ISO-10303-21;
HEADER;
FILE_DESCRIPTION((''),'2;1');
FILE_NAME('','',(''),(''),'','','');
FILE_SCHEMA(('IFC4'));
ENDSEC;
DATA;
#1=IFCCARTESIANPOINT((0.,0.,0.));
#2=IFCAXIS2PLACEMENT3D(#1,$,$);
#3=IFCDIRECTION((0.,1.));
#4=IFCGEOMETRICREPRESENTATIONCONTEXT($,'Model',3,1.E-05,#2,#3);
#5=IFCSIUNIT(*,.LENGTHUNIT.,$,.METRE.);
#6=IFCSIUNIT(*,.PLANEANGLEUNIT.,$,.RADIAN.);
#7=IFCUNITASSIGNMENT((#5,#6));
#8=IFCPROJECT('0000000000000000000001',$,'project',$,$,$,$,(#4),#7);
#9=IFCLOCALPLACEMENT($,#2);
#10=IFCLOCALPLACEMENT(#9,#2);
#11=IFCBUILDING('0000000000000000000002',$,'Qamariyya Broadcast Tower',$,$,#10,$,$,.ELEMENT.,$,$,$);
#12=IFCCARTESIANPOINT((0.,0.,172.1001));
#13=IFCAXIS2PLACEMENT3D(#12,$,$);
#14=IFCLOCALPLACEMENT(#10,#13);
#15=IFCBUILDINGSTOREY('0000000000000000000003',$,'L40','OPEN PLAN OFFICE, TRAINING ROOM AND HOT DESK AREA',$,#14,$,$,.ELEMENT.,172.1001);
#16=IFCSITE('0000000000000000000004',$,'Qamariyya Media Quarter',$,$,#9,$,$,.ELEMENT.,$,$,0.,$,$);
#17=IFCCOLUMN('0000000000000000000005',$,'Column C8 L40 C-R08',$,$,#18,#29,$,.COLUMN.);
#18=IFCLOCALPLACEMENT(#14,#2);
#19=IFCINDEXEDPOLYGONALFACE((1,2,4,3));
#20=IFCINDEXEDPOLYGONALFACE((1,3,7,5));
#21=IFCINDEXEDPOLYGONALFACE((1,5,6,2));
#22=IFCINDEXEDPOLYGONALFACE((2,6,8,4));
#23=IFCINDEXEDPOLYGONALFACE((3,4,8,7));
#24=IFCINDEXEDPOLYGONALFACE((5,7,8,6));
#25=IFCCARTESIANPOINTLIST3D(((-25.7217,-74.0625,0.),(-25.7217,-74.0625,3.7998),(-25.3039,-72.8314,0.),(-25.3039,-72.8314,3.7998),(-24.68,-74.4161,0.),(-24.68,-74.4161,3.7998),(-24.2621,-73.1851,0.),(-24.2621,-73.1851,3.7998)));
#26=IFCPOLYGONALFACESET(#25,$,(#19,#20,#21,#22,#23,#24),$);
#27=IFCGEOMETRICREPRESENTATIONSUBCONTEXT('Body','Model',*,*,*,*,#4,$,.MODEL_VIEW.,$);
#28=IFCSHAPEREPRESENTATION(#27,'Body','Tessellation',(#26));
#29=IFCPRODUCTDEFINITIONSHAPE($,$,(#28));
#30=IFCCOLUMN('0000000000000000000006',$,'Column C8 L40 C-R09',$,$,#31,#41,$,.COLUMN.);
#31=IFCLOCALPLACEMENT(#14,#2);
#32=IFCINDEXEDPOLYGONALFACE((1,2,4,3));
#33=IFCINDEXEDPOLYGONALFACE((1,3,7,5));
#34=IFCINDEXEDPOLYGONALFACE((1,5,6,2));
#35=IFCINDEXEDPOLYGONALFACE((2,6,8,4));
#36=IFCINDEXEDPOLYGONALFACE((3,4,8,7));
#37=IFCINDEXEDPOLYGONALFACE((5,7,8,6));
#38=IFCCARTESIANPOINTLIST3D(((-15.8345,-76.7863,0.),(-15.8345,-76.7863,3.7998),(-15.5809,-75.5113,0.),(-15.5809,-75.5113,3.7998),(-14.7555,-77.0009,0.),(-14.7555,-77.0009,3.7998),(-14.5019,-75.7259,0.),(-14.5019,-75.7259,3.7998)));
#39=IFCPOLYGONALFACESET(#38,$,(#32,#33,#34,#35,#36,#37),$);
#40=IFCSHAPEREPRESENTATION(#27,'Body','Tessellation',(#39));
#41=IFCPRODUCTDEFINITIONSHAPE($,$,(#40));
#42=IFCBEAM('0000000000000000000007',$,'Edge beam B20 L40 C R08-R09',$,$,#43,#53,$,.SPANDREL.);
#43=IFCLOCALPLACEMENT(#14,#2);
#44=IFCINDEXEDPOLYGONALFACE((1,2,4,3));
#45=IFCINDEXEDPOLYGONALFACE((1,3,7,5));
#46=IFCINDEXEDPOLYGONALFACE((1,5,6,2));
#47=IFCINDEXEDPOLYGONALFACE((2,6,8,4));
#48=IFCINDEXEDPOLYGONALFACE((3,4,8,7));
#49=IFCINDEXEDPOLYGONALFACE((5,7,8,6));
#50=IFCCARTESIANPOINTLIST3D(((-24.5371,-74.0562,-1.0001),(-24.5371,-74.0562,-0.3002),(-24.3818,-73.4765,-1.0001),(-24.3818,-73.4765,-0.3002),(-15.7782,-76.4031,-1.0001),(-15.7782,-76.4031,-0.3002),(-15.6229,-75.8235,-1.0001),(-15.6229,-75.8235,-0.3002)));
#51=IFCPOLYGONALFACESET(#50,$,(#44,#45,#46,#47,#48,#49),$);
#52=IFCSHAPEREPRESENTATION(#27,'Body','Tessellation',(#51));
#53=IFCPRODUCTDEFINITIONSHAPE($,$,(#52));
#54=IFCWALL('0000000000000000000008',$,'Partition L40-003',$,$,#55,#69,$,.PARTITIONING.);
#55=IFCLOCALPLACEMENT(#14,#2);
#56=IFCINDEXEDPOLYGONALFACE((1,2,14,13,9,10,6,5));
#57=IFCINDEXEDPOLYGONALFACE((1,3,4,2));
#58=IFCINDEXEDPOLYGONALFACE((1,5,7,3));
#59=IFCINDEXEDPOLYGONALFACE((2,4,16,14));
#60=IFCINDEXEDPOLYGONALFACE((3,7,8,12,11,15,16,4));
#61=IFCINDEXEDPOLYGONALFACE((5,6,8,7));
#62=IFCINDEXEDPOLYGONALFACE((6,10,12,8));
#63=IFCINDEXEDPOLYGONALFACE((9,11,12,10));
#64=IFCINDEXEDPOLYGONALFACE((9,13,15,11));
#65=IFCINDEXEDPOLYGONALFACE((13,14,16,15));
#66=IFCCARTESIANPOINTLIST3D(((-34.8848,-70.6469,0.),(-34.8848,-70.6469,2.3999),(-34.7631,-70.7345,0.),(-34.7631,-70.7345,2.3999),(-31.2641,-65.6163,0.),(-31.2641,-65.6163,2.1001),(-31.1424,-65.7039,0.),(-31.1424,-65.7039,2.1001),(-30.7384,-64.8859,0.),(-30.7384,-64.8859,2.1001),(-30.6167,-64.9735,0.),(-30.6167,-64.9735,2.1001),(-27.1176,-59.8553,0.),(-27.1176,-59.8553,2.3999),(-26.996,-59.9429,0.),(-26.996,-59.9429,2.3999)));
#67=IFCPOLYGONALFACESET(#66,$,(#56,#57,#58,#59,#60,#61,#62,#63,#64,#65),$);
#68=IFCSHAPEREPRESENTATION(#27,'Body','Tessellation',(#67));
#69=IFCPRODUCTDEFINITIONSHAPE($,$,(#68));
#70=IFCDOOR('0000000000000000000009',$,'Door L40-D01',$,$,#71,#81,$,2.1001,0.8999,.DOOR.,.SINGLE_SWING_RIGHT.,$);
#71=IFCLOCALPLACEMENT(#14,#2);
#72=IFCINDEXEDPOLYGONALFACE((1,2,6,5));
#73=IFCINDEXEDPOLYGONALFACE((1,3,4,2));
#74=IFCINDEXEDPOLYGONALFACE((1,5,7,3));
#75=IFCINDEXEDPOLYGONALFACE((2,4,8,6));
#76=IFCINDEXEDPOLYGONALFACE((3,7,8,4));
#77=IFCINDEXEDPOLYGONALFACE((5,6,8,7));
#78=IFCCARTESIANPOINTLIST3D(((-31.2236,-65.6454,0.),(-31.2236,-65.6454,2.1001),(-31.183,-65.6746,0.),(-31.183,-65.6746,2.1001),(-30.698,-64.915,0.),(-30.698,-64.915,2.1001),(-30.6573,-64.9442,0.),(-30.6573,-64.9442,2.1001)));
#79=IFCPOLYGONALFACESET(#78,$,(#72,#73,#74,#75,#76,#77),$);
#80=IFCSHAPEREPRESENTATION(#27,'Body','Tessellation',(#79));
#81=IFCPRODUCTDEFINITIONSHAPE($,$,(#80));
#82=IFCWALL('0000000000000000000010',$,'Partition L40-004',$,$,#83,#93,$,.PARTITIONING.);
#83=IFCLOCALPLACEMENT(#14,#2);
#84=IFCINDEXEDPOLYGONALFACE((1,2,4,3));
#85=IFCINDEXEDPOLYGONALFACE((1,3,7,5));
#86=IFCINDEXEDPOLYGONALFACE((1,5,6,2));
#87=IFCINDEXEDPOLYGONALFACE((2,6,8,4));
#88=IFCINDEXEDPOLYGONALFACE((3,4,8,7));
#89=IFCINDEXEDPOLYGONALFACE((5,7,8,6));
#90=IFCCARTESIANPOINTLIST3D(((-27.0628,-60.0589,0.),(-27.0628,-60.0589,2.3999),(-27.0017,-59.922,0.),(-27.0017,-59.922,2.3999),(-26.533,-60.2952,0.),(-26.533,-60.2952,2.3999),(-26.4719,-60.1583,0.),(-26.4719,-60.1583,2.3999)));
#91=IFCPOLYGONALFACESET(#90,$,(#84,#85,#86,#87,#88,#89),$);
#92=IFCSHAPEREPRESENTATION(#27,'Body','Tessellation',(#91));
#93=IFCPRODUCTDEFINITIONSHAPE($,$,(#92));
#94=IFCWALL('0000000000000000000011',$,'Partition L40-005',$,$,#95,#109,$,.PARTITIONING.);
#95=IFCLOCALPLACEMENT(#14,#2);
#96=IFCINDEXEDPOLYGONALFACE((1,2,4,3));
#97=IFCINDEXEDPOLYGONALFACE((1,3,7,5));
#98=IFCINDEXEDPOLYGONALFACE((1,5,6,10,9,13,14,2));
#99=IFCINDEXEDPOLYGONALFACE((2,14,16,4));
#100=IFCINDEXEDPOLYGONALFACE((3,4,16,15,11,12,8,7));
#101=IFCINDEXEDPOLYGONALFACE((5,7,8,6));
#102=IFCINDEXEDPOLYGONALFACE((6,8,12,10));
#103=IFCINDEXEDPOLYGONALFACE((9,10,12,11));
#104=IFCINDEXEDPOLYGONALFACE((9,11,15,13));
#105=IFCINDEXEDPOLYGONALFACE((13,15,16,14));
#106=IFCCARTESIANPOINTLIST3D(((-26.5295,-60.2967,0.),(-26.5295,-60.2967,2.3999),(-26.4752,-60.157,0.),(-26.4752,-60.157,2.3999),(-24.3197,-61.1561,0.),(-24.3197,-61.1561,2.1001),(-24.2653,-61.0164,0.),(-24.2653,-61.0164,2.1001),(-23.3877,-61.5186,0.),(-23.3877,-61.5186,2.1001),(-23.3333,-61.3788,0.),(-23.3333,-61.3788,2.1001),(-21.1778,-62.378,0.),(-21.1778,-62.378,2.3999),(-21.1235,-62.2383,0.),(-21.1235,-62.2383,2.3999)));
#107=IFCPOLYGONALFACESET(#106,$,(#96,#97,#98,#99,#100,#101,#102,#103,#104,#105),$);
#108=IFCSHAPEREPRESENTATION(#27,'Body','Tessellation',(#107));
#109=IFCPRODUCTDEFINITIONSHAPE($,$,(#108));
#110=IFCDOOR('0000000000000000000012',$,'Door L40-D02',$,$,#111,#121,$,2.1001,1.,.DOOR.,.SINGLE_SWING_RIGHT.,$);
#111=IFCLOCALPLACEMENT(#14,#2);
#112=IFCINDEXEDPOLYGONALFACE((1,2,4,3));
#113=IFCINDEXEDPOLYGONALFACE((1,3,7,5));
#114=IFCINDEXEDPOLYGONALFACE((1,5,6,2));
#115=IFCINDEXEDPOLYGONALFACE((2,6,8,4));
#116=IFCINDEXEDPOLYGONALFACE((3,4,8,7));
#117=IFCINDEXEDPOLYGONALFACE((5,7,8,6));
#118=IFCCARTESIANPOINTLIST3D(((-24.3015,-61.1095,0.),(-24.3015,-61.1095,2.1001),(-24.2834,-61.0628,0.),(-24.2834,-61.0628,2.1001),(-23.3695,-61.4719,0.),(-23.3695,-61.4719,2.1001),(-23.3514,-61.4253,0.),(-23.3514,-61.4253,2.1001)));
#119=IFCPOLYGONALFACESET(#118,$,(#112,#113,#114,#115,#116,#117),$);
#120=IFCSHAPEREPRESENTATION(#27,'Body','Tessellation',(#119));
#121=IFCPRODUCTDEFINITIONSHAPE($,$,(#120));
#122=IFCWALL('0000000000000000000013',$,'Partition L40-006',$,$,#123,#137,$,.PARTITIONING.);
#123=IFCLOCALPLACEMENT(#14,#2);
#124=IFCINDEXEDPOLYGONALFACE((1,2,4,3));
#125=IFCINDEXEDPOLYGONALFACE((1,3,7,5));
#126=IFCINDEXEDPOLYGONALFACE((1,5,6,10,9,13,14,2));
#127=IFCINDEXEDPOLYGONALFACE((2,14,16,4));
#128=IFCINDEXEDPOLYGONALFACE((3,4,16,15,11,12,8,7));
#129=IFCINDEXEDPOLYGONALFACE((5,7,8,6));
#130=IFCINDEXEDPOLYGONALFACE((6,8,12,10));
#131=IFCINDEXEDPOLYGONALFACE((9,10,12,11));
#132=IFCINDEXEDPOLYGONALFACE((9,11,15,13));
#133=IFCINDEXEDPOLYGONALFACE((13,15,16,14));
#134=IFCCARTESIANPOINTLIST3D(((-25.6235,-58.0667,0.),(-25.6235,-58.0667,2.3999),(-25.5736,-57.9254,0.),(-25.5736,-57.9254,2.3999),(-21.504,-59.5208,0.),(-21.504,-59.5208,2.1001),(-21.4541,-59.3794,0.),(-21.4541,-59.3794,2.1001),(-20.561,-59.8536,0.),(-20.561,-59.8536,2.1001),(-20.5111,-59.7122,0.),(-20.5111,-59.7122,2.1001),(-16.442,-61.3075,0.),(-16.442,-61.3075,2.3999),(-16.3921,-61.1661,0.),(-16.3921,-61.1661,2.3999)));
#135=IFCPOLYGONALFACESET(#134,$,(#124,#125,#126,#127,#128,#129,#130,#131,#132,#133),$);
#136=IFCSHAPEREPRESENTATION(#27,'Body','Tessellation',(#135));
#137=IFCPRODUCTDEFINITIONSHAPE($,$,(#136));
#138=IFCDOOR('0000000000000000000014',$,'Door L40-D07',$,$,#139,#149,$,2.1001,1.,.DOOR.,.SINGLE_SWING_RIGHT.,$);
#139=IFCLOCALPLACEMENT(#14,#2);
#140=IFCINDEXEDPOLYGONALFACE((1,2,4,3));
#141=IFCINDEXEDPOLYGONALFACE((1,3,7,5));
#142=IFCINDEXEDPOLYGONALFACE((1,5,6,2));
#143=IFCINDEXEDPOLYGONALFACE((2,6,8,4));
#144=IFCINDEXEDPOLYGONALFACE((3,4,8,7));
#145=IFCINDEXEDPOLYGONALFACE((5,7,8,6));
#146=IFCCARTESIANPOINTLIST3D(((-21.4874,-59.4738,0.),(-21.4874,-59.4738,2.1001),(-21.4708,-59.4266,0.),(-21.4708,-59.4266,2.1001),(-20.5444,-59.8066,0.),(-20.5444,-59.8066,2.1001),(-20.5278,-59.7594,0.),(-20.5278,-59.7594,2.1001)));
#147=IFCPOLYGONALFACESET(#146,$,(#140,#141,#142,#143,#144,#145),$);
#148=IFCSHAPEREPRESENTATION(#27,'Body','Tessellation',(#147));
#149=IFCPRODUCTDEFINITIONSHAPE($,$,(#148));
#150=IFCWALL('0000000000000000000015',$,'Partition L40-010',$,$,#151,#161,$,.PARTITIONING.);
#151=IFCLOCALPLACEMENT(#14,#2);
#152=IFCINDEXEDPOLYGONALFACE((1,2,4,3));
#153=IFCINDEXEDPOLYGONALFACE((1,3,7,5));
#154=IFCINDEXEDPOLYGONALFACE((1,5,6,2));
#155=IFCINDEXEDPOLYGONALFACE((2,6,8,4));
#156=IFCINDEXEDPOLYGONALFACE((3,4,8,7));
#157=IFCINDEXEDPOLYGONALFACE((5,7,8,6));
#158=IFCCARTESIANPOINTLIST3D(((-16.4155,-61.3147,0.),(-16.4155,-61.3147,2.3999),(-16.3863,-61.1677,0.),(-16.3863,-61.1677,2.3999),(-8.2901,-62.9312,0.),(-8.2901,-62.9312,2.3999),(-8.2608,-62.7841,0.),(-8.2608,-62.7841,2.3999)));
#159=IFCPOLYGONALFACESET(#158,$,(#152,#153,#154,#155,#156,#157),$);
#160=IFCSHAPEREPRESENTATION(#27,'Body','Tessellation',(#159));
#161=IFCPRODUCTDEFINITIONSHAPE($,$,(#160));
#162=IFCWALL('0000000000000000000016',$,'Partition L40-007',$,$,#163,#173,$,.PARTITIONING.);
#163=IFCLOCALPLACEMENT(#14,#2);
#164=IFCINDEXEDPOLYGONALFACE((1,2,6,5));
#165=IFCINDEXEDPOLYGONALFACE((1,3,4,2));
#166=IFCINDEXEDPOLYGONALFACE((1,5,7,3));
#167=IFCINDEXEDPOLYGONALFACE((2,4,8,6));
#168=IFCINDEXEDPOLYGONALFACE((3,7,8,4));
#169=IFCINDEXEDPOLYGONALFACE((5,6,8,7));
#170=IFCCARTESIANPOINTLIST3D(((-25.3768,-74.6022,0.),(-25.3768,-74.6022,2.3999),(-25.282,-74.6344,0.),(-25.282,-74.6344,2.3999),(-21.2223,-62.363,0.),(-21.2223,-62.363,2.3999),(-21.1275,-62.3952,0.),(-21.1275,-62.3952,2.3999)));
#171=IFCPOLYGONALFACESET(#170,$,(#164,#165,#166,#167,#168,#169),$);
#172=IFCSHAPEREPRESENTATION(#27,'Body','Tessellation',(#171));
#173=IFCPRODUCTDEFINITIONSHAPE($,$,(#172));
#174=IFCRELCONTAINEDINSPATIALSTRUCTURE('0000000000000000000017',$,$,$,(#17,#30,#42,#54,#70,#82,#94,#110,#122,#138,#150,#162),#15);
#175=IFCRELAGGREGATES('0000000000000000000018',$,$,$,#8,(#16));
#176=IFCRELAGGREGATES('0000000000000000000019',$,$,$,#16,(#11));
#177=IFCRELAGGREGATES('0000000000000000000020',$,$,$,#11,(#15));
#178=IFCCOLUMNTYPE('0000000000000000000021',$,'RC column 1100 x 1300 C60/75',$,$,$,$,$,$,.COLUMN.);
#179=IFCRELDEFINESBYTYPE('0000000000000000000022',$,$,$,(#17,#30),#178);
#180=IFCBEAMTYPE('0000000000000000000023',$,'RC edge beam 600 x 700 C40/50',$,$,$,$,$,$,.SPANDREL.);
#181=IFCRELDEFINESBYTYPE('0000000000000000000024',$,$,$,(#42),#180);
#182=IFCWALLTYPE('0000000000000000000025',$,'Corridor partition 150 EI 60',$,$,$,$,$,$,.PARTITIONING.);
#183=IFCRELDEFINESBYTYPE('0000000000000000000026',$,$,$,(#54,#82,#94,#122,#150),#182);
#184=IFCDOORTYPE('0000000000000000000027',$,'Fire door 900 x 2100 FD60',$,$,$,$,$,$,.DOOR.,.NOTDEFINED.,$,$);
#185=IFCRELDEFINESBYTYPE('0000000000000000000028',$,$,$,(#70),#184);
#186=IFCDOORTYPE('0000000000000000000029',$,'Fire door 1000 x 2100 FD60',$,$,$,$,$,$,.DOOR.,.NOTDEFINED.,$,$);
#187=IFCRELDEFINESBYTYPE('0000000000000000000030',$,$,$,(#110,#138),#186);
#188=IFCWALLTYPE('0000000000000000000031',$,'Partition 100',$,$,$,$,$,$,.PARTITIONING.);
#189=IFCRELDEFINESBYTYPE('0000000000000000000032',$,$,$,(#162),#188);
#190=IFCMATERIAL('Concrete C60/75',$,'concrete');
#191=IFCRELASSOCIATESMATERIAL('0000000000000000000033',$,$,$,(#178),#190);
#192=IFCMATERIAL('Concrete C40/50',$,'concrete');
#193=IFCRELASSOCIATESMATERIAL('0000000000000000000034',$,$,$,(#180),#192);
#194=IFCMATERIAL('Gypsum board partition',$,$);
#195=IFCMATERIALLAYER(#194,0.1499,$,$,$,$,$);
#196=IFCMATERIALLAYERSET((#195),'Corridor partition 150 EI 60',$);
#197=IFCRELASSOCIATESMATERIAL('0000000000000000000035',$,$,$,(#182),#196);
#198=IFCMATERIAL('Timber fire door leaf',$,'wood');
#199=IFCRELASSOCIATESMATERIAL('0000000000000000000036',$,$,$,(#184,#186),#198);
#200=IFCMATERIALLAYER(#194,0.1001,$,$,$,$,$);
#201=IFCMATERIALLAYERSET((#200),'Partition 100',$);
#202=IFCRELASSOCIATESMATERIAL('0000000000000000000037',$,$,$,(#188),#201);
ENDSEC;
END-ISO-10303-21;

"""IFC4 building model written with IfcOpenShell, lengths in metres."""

from ifc_helpers import new_model, si_unit, direction, frame, frame_2d, origin, origin_2d, place, context, subcontext, project, spatial, rectangle, extrude, material, layer, layer_set, material_profile, profile_set, type_object, element, fill, save


model = new_model("IFC4")

# Units and contexts
model_context = context("Model", 3, precision=1e-05, world=origin(), true_north=direction((0.0, 1.0)))
body_context = subcontext(model_context, "Body", "Model", "MODEL_VIEW")
ifc_project = project(units=[si_unit("LENGTHUNIT", "METRE"), si_unit("PLANEANGLEUNIT", "RADIAN")], contexts=[model_context])

# Site, building, storey
site_placement = place(None, origin())
site = spatial("IfcSite", under=ifc_project, at=site_placement, Name="Qamariyya Media Quarter", CompositionType="ELEMENT", RefElevation=0.0)
building_placement = place(site_placement, origin())
building = spatial("IfcBuilding", under=site, at=building_placement, Name="Qamariyya Broadcast Tower", CompositionType="ELEMENT")
storey_placement = place(building_placement, frame((0.0, 0.0, 172.1001)))
storey = spatial("IfcBuildingStorey", under=building, at=storey_placement, Name="L40", Description="OPEN PLAN OFFICE, TRAINING ROOM AND HOT DESK AREA", CompositionType="ELEMENT", Elevation=172.1001)

# Columns
ifc_material_1 = material(Name="Concrete C60/75", Category="concrete")
ifc_material_profile_1 = material_profile(ifc_material_1, rectangle(XDim=1.1001, YDim=1.3, at=origin_2d()))
ifc_profile_set_1 = profile_set([ifc_material_profile_1], Name="Concrete C60/75")
column_type = type_object("IfcColumnType", Name="RC column 1100 x 1300 C60/75", PredefinedType="COLUMN", material=ifc_profile_set_1)
for number, where, z_axis, x_axis, name in (
    (1, (-24.9919, -73.6238, 0.0), (0.0, 0.0, 1.0), (0.94693, -0.321439, 0.0), "Column C8 L40 C-R08"),
    (2, (-15.1682, -76.2561, 0.0), (0.0, 0.0, 1.0), (0.980785, -0.19509, 0.0), "Column C8 L40 C-R09"),
):
    element("IfcColumn", number, at=place(storey_placement, frame(where, z_axis=z_axis, x_axis=x_axis)), inside=storey, type_object=column_type, Name=name, PredefinedType="COLUMN", context=body_context, shape_type="SweptSolid", body=[
        extrude(rectangle(XDim=1.1001, YDim=1.3, at=origin_2d()), origin(), (0.0, 0.0, 1.0), 3.7998),
    ])

# Beam
ifc_material_2 = material(Name="Concrete C40/50", Category="concrete")
ifc_material_profile_2 = material_profile(ifc_material_2, rectangle(XDim=0.6001, YDim=0.7, at=origin_2d()))
ifc_profile_set_2 = profile_set([ifc_material_profile_2], Name="Concrete C40/50")
beam_type = type_object("IfcBeamType", Name="RC edge beam 600 x 700 C40/50", PredefinedType="SPANDREL", material=ifc_profile_set_2)
beam_placement = place(storey_placement, frame((-24.4595, -73.7664, -0.6501), z_axis=(0.965925, -0.25882, 0.0), x_axis=(0.25882, 0.965925, 0.0)))
element("IfcBeam", 3, at=beam_placement, inside=storey, type_object=beam_type, Name="Edge beam B20 L40 C R08-R09", PredefinedType="SPANDREL", context=body_context, shape_type="SweptSolid", body=[
    extrude(rectangle(XDim=0.6001, YDim=0.7, at=origin_2d()), origin(), (0.0, 0.0, 1.0), 9.0679),
])

# Wall, opening, door
ifc_material_3 = material(Name="Gypsum board partition")
ifc_layer_1 = layer(ifc_material_3, 0.1499)
ifc_layer_set_1 = layer_set([ifc_layer_1], Name="Corridor partition 150 EI 60")
wall_type_1 = type_object("IfcWallType", Name="Corridor partition 150 EI 60", PredefinedType="PARTITIONING", material=ifc_layer_set_1)
wall_1_placement = place(storey_placement, frame((-27.0569, -59.8992, 0.0), z_axis=(0.0, 0.0, 1.0), x_axis=(-0.584166, -0.811634, 0.0)))
wall_1 = element("IfcWall", 4, at=wall_1_placement, inside=storey, type_object=wall_type_1, Name="Partition L40-003", PredefinedType="PARTITIONING", context=body_context, shape_type="SweptSolid", body=[
    extrude(rectangle(XDim=13.2961, YDim=0.1499, at=frame_2d((6.6479, 0.0))), origin(), (0.0, 0.0, 1.0), 2.3999),
])
opening_1_placement = place(wall_1_placement, frame((6.198, 0.0, 0.0)))
opening_1 = element("IfcOpeningElement", 5, at=opening_1_placement, cuts=wall_1, PredefinedType="OPENING", context=body_context, shape_type="SweptSolid", body=[
    extrude(rectangle(XDim=0.8999, YDim=2.1001, at=frame_2d((0.45, 1.05))), frame((0.0, 0.085, 0.0), z_axis=(0.0, -1.0, 0.0), x_axis=(1.0, 0.0, 0.0)), (0.0, 0.0, 1.0), 0.1699),
])
ifc_material_4 = material(Name="Timber fire door leaf", Category="wood")
door_type_1 = type_object("IfcDoorType", Name="Fire door 900 x 2100 FD60", OperationType="NOTDEFINED", PredefinedType="DOOR", material=ifc_material_4)
door_1_placement = place(opening_1_placement, origin())
door_1 = element("IfcDoor", 6, at=door_1_placement, inside=storey, type_object=door_type_1, Name="Door L40-D01", OperationType="SINGLE_SWING_RIGHT", OverallHeight=2.1001, OverallWidth=0.8999, PredefinedType="DOOR", context=body_context, shape_type="SweptSolid", body=[
    extrude(rectangle(XDim=0.8999, YDim=2.1001, at=frame_2d((0.45, 1.05))), frame((0.0, 0.0249, 0.0), z_axis=(0.0, -1.0, 0.0), x_axis=(1.0, 0.0, 0.0)), (0.0, 0.0, 1.0), 0.05),
])
fill(opening_1, door_1)

# Wall
wall_2_placement = place(storey_placement, frame((-27.0322, -59.9905, 0.0), z_axis=(0.0, 0.0, 1.0), x_axis=(0.913255, -0.407388, 0.0)))
element("IfcWall", 7, at=wall_2_placement, inside=storey, type_object=wall_type_1, Name="Partition L40-004", PredefinedType="PARTITIONING", context=body_context, shape_type="SweptSolid", body=[
    extrude(rectangle(XDim=0.5801, YDim=0.1499, at=frame_2d((0.29, 0.0))), origin(), (0.0, 0.0, 1.0), 2.3999),
])

# Walls, openings, doors
wall_3_placement = place(storey_placement, frame((-21.1506, -62.3081, 0.0), z_axis=(0.0, 0.0, 1.0), x_axis=(-0.932002, 0.362452, 0.0)))
wall_3 = element("IfcWall", 8, at=wall_3_placement, inside=storey, type_object=wall_type_1, Name="Partition L40-005", PredefinedType="PARTITIONING", context=body_context, shape_type="SweptSolid", body=[
    extrude(rectangle(XDim=5.7422, YDim=0.1499, at=frame_2d((2.8711, 0.0))), origin(), (0.0, 0.0, 1.0), 2.3999),
])
opening_2_placement = place(wall_3_placement, frame((2.3711, 0.0, 0.0)))
opening_2 = element("IfcOpeningElement", 9, at=opening_2_placement, cuts=wall_3, PredefinedType="OPENING", context=body_context, shape_type="SweptSolid", body=[
    extrude(rectangle(XDim=1.0, YDim=2.1001, at=frame_2d((0.5, 1.05))), frame((0.0, 0.085, 0.0), z_axis=(0.0, -1.0, 0.0), x_axis=(1.0, 0.0, 0.0)), (0.0, 0.0, 1.0), 0.1699),
])
door_type_2 = type_object("IfcDoorType", Name="Fire door 1000 x 2100 FD60", OperationType="NOTDEFINED", PredefinedType="DOOR", material=ifc_material_4)
door_2_placement = place(opening_2_placement, origin())
door_2 = element("IfcDoor", 10, at=door_2_placement, inside=storey, type_object=door_type_2, Name="Door L40-D02", OperationType="SINGLE_SWING_RIGHT", OverallHeight=2.1001, OverallWidth=1.0, PredefinedType="DOOR", context=body_context, shape_type="SweptSolid", body=[
    extrude(rectangle(XDim=1.0, YDim=2.1001, at=frame_2d((0.5, 1.05))), frame((0.0, 0.0249, 0.0), z_axis=(0.0, -1.0, 0.0), x_axis=(1.0, 0.0, 0.0)), (0.0, 0.0, 1.0), 0.05),
])
fill(opening_2, door_2)
wall_4_placement = place(storey_placement, frame((-25.5984, -57.9961, 0.0), z_axis=(0.0, 0.0, 1.0), x_axis=(0.942983, -0.332841, 0.0)))
wall_4 = element("IfcWall", 11, at=wall_4_placement, inside=storey, type_object=wall_type_1, Name="Partition L40-006", PredefinedType="PARTITIONING", context=body_context, shape_type="SweptSolid", body=[
    extrude(rectangle(XDim=9.7366, YDim=0.1499, at=frame_2d((4.8682, 0.0))), origin(), (0.0, 0.0, 1.0), 2.3999),
])
opening_3_placement = place(wall_4_placement, frame((4.3684, 0.0, 0.0)))
opening_3 = element("IfcOpeningElement", 12, at=opening_3_placement, cuts=wall_4, PredefinedType="OPENING", context=body_context, shape_type="SweptSolid", body=[
    extrude(rectangle(XDim=1.0, YDim=2.1001, at=frame_2d((0.5, 1.05))), frame((0.0, 0.085, 0.0), z_axis=(0.0, -1.0, 0.0), x_axis=(1.0, 0.0, 0.0)), (0.0, 0.0, 1.0), 0.1699),
])
door_3_placement = place(opening_3_placement, origin())
door_3 = element("IfcDoor", 13, at=door_3_placement, inside=storey, type_object=door_type_2, Name="Door L40-D07", OperationType="SINGLE_SWING_RIGHT", OverallHeight=2.1001, OverallWidth=1.0, PredefinedType="DOOR", context=body_context, shape_type="SweptSolid", body=[
    extrude(rectangle(XDim=1.0, YDim=2.1001, at=frame_2d((0.5, 1.05))), frame((0.0, 0.0249, 0.0), z_axis=(0.0, -1.0, 0.0), x_axis=(1.0, 0.0, 0.0)), (0.0, 0.0, 1.0), 0.05),
])
fill(opening_3, door_3)

# Walls
wall_5_placement = place(storey_placement, frame((-16.4009, -61.2412, 0.0), z_axis=(0.0, 0.0, 1.0), x_axis=(0.980781, -0.195113, 0.0)))
element("IfcWall", 14, at=wall_5_placement, inside=storey, type_object=wall_type_1, Name="Partition L40-010", PredefinedType="PARTITIONING", context=body_context, shape_type="SweptSolid", body=[
    extrude(rectangle(XDim=8.2847, YDim=0.1499, at=frame_2d((4.1423, 0.0))), origin(), (0.0, 0.0, 1.0), 2.3999),
])
ifc_layer_2 = layer(ifc_material_3, 0.1001)
ifc_layer_set_2 = layer_set([ifc_layer_2], Name="Partition 100")
wall_type_2 = type_object("IfcWallType", Name="Partition 100", PredefinedType="PARTITIONING", material=ifc_layer_set_2)
wall_6_placement = place(storey_placement, frame((-25.3293, -74.6182, 0.0), z_axis=(0.0, 0.0, 1.0), x_axis=(0.321431, 0.946933, 0.0)))
element("IfcWall", 15, at=wall_6_placement, inside=storey, type_object=wall_type_2, Name="Partition L40-007", PredefinedType="PARTITIONING", context=body_context, shape_type="SweptSolid", body=[
    extrude(rectangle(XDim=12.925, YDim=0.1001, at=frame_2d((6.4624, 0.0))), origin(), (0.0, 0.0, 1.0), 2.3999),
])

save(model, "model.ifc")
